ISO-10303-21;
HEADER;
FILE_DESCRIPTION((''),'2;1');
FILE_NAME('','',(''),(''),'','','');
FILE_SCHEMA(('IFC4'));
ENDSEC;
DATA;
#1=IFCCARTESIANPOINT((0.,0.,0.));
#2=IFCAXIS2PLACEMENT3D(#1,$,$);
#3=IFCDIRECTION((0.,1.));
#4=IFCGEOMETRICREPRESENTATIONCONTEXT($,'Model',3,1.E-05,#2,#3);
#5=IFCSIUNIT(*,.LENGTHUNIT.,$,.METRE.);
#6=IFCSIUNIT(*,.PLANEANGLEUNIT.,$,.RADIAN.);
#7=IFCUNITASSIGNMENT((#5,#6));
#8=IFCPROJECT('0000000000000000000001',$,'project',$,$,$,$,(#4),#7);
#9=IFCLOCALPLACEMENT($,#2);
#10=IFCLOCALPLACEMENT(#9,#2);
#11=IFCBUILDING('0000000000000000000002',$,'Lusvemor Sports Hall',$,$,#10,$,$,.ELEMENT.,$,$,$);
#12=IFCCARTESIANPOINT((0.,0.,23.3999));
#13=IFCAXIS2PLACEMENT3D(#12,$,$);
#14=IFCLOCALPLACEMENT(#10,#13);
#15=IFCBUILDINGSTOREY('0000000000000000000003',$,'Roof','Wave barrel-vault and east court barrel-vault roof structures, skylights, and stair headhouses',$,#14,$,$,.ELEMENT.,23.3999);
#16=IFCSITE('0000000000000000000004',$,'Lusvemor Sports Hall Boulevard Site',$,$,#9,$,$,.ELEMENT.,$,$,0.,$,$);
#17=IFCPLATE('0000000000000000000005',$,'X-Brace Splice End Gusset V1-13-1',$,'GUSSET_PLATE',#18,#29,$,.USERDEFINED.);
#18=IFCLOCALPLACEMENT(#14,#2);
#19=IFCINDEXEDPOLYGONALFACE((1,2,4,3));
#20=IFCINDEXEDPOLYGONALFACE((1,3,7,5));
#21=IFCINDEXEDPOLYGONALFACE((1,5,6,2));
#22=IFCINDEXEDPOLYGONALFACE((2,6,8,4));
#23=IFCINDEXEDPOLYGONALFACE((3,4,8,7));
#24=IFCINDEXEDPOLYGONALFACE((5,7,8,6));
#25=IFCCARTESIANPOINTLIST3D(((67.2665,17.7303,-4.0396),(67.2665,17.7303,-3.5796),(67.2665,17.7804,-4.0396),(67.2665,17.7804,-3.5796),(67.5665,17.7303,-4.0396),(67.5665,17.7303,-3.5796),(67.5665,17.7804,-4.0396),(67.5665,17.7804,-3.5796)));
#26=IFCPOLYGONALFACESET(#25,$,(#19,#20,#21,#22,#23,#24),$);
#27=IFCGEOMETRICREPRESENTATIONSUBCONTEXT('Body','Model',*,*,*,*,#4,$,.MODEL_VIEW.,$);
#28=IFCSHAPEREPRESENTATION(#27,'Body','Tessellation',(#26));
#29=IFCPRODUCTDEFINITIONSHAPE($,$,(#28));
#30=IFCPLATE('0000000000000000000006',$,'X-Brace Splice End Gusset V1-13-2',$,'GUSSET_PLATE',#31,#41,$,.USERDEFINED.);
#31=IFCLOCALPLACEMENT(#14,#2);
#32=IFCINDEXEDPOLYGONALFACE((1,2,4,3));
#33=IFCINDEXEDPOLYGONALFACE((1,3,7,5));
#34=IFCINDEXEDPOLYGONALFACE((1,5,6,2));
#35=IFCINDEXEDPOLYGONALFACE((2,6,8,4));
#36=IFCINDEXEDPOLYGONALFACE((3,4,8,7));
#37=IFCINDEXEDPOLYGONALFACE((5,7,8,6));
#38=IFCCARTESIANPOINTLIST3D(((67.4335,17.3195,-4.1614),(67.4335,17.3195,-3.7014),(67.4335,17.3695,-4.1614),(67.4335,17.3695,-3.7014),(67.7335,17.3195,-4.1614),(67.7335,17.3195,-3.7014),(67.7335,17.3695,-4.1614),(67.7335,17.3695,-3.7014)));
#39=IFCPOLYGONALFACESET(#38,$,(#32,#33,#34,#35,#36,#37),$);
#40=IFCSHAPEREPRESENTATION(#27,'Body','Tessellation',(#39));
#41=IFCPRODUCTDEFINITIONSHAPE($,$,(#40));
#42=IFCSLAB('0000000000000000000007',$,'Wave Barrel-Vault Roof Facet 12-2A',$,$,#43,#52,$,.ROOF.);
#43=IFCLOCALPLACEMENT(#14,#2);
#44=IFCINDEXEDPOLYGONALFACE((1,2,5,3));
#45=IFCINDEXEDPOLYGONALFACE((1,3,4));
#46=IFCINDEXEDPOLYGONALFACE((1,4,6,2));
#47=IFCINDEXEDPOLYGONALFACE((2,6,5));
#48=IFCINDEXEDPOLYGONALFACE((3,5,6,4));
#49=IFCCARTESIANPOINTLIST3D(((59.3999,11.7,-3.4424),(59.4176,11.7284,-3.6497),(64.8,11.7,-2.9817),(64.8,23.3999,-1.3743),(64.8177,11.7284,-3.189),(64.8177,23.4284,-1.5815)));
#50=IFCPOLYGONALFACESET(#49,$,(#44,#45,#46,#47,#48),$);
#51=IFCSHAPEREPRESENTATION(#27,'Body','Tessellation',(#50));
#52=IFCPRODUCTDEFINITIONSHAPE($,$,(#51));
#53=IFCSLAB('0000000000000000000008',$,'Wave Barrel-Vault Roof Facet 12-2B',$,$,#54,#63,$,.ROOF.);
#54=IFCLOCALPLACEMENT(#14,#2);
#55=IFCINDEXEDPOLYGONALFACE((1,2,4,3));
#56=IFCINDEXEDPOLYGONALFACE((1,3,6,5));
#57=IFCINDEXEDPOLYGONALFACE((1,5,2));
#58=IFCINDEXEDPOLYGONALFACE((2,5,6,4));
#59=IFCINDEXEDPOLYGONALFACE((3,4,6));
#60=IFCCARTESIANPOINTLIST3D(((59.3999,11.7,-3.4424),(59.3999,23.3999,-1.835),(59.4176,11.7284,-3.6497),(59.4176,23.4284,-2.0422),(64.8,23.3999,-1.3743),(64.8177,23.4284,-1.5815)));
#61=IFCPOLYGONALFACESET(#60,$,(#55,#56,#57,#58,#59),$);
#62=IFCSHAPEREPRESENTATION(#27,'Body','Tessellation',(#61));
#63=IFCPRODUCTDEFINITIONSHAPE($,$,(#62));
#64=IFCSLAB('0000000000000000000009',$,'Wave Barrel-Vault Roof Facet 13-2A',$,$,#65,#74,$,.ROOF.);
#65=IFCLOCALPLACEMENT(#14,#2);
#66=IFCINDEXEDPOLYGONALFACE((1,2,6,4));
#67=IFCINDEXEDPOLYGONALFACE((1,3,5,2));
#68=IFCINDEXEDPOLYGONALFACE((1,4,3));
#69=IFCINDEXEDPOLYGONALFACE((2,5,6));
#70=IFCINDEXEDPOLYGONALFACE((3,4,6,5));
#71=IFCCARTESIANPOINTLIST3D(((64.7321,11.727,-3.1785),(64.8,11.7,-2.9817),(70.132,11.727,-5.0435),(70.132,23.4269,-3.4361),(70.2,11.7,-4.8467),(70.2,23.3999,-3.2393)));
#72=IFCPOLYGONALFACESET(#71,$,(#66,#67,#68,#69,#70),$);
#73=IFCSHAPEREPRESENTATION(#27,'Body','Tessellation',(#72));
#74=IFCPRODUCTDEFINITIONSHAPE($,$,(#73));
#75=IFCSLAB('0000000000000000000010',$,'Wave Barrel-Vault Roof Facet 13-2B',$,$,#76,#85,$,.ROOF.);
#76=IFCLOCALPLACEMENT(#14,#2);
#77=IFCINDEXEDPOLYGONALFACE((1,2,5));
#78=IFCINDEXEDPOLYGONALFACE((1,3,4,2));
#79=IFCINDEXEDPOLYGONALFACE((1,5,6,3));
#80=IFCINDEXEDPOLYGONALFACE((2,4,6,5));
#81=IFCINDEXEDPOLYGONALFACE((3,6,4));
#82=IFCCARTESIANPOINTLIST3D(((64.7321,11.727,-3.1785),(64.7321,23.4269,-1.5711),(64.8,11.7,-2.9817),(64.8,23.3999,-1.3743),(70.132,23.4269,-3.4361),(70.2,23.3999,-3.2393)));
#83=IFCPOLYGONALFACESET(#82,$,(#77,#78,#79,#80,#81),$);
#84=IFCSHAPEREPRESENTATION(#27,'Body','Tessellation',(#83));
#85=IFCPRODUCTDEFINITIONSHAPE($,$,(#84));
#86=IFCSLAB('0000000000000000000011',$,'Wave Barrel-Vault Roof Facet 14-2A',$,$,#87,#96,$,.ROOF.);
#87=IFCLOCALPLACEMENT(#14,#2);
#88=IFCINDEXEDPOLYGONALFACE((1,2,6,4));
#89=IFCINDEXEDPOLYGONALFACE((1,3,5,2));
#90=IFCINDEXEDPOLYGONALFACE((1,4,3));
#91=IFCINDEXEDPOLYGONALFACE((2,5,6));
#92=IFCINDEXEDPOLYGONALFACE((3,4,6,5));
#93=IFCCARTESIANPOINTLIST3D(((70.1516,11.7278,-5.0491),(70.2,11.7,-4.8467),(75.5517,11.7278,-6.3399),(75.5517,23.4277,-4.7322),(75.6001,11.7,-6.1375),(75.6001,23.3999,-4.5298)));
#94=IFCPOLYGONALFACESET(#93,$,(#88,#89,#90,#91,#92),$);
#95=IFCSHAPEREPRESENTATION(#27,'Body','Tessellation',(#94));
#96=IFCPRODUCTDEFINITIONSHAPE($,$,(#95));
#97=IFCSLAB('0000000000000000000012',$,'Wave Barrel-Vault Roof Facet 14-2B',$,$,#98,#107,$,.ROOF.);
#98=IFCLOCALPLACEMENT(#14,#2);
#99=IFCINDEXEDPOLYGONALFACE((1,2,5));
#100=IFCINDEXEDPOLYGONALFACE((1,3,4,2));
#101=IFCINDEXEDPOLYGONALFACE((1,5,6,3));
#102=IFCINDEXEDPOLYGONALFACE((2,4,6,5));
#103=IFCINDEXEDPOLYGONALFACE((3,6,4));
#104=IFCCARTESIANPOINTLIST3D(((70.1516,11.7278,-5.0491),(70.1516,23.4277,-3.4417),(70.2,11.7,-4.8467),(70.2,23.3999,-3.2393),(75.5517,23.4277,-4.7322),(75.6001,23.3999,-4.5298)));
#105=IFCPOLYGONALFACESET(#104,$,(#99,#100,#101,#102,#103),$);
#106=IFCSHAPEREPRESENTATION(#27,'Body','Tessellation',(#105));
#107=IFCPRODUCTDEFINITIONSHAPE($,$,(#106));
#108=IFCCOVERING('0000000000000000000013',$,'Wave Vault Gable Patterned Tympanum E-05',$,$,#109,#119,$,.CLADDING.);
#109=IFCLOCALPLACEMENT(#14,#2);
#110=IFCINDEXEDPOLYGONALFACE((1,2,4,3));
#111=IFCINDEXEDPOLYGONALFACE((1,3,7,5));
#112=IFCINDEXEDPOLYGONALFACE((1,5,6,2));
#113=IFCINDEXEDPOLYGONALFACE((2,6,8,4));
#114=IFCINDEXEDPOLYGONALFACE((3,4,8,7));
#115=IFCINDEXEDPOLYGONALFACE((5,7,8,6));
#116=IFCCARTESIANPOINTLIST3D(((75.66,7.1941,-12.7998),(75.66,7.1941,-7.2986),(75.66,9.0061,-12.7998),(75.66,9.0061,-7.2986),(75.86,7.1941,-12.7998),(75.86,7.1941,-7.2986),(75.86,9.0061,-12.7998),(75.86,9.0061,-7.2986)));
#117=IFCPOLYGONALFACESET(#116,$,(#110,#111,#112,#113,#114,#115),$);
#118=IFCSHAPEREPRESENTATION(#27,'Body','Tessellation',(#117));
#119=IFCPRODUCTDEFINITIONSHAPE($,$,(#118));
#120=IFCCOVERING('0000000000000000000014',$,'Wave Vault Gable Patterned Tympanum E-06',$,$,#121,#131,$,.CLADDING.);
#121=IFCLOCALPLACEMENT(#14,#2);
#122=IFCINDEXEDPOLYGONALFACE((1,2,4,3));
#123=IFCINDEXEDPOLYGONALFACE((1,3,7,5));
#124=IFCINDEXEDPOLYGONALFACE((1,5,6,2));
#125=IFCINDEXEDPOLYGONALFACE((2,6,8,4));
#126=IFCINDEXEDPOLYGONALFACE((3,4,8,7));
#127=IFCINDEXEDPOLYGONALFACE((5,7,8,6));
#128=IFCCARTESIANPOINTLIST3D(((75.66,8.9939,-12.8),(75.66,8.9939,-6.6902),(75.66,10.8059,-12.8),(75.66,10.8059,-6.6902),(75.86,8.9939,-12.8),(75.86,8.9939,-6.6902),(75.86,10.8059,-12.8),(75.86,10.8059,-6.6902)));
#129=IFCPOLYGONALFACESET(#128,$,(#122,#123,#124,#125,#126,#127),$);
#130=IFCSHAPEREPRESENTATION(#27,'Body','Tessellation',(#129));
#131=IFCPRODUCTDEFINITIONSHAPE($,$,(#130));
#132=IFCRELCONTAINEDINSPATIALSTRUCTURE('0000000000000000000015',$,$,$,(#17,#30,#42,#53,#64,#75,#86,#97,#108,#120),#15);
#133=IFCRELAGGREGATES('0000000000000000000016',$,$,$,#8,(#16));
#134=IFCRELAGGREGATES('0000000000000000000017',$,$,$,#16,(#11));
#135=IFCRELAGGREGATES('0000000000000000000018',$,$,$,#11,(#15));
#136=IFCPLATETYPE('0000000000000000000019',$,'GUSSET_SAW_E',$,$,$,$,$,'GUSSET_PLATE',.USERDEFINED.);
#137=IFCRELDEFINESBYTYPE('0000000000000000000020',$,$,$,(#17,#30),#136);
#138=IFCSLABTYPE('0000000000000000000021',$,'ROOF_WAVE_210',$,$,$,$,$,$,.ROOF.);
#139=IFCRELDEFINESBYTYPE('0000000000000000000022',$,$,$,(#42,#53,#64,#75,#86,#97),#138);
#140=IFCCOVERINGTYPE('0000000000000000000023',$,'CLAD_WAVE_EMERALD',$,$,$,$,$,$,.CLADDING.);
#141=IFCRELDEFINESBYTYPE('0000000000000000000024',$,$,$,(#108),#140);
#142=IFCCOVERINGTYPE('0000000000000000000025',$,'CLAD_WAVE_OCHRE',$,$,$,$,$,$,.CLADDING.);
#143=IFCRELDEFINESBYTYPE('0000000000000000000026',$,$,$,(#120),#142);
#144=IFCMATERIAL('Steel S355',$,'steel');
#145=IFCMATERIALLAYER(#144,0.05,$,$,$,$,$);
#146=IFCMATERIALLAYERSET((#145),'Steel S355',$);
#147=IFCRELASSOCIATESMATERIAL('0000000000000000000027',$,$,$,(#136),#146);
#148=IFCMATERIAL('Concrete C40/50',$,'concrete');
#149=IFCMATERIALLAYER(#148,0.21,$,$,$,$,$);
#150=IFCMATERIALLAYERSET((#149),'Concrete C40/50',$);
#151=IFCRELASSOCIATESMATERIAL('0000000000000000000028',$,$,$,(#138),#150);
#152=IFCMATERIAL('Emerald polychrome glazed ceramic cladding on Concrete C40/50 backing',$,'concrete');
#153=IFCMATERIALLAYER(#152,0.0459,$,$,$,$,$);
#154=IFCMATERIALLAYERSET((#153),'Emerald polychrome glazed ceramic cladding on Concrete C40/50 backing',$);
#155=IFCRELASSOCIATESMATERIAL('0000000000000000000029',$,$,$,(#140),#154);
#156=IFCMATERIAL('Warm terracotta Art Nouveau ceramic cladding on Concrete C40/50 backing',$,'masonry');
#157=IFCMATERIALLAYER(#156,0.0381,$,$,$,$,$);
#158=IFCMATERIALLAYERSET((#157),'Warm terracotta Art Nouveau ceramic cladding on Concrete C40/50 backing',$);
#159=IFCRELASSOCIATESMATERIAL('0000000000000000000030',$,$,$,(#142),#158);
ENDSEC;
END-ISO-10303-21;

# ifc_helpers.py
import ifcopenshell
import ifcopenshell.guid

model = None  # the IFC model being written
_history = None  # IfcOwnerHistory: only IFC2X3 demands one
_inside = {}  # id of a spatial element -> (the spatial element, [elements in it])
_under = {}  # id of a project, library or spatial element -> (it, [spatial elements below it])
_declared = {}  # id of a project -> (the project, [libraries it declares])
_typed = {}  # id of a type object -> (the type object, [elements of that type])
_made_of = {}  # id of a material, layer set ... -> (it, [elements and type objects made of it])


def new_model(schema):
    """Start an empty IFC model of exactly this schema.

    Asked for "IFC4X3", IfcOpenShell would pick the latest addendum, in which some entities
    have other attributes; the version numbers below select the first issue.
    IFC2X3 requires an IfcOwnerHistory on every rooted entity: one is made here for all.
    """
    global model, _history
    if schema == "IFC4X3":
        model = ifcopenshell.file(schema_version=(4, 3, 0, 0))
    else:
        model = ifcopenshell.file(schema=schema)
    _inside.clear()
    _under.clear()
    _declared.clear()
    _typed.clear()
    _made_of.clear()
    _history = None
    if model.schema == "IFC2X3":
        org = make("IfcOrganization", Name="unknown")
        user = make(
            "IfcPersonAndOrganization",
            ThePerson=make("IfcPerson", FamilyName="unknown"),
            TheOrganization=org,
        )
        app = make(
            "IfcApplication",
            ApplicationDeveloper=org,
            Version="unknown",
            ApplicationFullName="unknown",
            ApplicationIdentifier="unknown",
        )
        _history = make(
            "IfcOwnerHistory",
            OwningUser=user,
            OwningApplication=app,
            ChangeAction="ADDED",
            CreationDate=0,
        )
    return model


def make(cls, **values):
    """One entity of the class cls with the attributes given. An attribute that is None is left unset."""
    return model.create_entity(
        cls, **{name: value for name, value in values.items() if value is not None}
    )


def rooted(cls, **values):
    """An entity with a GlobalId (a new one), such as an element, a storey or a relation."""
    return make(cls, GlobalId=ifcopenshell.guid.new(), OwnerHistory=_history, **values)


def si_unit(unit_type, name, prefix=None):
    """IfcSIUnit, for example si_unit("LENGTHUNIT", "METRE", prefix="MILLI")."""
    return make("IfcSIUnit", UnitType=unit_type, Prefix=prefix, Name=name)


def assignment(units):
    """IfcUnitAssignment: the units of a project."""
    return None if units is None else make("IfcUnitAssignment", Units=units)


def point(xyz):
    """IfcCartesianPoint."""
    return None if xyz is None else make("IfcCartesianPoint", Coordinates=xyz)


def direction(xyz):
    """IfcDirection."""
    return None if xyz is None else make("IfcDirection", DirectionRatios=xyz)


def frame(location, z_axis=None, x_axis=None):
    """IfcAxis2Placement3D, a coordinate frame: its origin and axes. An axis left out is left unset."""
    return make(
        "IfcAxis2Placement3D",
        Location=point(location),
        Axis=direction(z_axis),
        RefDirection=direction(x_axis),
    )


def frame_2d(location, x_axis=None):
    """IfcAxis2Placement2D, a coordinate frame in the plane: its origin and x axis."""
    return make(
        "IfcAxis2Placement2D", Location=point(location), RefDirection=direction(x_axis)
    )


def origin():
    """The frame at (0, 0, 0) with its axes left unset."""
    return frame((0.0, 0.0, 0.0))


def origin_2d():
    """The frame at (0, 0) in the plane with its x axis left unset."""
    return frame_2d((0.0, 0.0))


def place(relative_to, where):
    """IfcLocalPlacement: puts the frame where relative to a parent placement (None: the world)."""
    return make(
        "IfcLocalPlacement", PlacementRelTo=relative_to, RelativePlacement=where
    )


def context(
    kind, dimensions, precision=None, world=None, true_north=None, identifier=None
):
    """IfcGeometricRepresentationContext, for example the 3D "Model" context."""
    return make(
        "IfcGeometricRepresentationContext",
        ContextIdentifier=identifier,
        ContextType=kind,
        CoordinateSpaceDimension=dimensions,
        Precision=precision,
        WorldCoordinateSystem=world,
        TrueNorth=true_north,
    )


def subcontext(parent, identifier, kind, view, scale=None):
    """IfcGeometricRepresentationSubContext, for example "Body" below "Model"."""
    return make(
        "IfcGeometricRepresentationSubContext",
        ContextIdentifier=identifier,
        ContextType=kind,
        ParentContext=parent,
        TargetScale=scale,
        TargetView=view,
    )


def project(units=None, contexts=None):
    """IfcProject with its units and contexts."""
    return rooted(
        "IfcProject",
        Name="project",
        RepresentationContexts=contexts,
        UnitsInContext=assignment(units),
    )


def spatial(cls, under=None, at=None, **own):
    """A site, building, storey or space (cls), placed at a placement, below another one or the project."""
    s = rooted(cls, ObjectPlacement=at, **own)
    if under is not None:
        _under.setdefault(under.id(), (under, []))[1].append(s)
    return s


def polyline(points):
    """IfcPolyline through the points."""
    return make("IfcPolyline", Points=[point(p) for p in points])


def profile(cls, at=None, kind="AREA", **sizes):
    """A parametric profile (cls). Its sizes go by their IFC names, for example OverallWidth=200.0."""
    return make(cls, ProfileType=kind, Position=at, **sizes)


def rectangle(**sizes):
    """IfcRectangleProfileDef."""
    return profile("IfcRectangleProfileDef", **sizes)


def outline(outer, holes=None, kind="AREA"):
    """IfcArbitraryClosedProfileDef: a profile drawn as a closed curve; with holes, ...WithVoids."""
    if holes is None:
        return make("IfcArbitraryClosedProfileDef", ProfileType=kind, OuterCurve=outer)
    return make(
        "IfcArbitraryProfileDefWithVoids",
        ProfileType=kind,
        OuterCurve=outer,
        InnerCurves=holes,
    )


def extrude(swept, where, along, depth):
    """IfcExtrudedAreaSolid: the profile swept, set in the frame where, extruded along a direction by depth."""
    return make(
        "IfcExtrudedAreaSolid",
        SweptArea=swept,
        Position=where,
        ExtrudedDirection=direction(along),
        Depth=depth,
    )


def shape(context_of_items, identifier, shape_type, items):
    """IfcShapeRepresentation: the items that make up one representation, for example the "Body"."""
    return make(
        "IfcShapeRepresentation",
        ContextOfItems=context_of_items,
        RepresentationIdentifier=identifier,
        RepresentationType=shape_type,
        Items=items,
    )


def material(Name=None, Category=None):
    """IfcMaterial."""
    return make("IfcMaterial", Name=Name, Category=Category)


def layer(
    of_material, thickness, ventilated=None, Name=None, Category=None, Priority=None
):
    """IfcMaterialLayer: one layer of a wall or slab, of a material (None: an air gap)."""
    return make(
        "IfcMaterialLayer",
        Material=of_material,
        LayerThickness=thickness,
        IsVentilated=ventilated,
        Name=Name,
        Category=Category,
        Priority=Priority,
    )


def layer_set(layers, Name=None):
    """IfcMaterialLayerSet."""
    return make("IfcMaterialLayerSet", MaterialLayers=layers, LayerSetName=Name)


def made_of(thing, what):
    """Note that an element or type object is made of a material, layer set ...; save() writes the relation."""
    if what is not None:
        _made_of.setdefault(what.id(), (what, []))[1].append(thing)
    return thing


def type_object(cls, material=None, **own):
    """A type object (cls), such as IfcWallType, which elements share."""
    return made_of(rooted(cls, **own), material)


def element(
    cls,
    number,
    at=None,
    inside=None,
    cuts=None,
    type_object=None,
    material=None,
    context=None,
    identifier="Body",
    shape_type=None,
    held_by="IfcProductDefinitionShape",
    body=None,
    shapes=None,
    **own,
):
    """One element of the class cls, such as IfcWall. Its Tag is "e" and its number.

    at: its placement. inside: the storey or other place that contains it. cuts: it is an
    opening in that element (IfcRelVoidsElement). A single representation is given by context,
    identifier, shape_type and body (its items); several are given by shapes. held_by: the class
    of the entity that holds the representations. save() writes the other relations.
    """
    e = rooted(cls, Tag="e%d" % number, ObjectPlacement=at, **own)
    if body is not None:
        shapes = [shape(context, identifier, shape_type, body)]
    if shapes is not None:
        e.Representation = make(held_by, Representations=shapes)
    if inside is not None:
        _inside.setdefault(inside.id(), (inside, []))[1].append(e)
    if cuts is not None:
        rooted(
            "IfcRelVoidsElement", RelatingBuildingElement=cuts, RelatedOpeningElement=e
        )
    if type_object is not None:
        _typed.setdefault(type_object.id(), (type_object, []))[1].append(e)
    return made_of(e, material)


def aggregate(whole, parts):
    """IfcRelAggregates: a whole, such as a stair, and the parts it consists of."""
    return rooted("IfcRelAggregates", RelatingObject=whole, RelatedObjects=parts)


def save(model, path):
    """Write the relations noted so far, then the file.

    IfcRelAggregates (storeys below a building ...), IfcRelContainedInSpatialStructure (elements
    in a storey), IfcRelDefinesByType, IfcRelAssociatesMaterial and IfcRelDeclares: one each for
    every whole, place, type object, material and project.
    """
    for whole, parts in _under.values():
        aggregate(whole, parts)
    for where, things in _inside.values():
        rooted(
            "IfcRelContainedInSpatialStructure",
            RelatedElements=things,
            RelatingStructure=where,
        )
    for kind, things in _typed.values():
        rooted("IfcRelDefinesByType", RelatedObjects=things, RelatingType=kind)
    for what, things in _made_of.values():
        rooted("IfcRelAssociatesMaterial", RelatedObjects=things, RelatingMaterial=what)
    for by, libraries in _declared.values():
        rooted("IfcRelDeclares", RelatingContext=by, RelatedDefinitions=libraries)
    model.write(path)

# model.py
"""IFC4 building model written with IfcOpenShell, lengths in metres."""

from ifc_helpers import new_model, si_unit, direction, frame, origin, origin_2d, place, context, subcontext, project, spatial, polyline, rectangle, outline, extrude, material, layer, layer_set, type_object, element, save


model = new_model("IFC4")

# Units and contexts
model_context = context("Model", 3, precision=1e-05, world=origin(), true_north=direction((0.0, 1.0)))
body_context = subcontext(model_context, "Body", "Model", "MODEL_VIEW")
ifc_project = project(units=[si_unit("LENGTHUNIT", "METRE"), si_unit("PLANEANGLEUNIT", "RADIAN")], contexts=[model_context])

# Site, building, storey
site_placement = place(None, origin())
site = spatial("IfcSite", under=ifc_project, at=site_placement, Name="Lusvemor Sports Hall Boulevard Site", CompositionType="ELEMENT", RefElevation=0.0)
building_placement = place(site_placement, origin())
building = spatial("IfcBuilding", under=site, at=building_placement, Name="Lusvemor Sports Hall", CompositionType="ELEMENT")
storey_placement = place(building_placement, frame((0.0, 0.0, 23.3999)))
storey = spatial("IfcBuildingStorey", under=building, at=storey_placement, Name="Roof", Description="Wave barrel-vault and east court barrel-vault roof structures, skylights, and stair headhouses", CompositionType="ELEMENT", Elevation=23.3999)

# Plates
ifc_material_1 = material(Name="Steel S355", Category="steel")
ifc_layer_1 = layer(ifc_material_1, 0.05)
ifc_layer_set_1 = layer_set([ifc_layer_1], Name="Steel S355")
plate_type_1 = type_object("IfcPlateType", Name="GUSSET_SAW_E", ElementType="GUSSET_PLATE", PredefinedType="USERDEFINED", material=ifc_layer_set_1)
for number, where, z_axis, x_axis, name in (
    (1, (67.4165, 17.7554, -4.0396), (0.0, 0.0, 1.0), (1.0, 0.0, 0.0), "X-Brace Splice End Gusset V1-13-1"),
    (2, (67.5835, 17.3445, -4.1614), (0.0, 0.0, 1.0), (1.0, 0.0, 0.0), "X-Brace Splice End Gusset V1-13-2"),
):
    element("IfcPlate", number, at=place(storey_placement, frame(where, z_axis=z_axis, x_axis=x_axis)), inside=storey, type_object=plate_type_1, Name=name, ObjectType="GUSSET_PLATE", PredefinedType="USERDEFINED", context=body_context, shape_type="SweptSolid", body=[
        extrude(rectangle(XDim=0.3, YDim=0.05, at=origin_2d()), origin(), (0.0, 0.0, 1.0), 0.46),
    ])

# Slabs
ifc_material_2 = material(Name="Concrete C40/50", Category="concrete")
ifc_layer_2 = layer(ifc_material_2, 0.21)
ifc_layer_set_2 = layer_set([ifc_layer_2], Name="Concrete C40/50")
slab_type = type_object("IfcSlabType", Name="ROOF_WAVE_210", PredefinedType="ROOF", material=ifc_layer_set_2)
slab_1_placement = place(storey_placement, frame((59.3999, 11.7, -3.4424), z_axis=(-0.084217, -0.135625, 0.987174), x_axis=(0.996381, 0.0, 0.085003)))
element("IfcSlab", 3, at=slab_1_placement, inside=storey, type_object=slab_type, Name="Wave Barrel-Vault Roof Facet 12-2A", PredefinedType="ROOF", context=body_context, shape_type="SweptSolid", body=[
    extrude(outline(polyline([(0.0, 0.0), (5.4198, 0.0), (5.5564, 11.8091), (0.0, 0.0)])), origin(), (0.0, 0.0, -1.0), 0.21),
])
slab_2_placement = place(storey_placement, frame((59.3999, 11.7, -3.4424), z_axis=(-0.084217, -0.135625, 0.987174), x_axis=(0.413774, 0.896482, 0.158465)))
element("IfcSlab", 4, at=slab_2_placement, inside=storey, type_object=slab_type, Name="Wave Barrel-Vault Roof Facet 12-2B", PredefinedType="ROOF", context=body_context, shape_type="SweptSolid", body=[
    extrude(outline(polyline([(0.0, 0.0), (13.051, 0.0), (10.7435, 4.904), (0.0, 0.0)])), origin(), (0.0, 0.0, -1.0), 0.21),
])
slab_3_placement = place(storey_placement, frame((64.8, 11.7, -2.9817), z_axis=(0.323735, -0.128779, 0.937343), x_axis=(0.945213, 0.0, -0.326453)))
element("IfcSlab", 5, at=slab_3_placement, inside=storey, type_object=slab_type, Name="Wave Barrel-Vault Roof Facet 13-2A", PredefinedType="ROOF", context=body_context, shape_type="SweptSolid", body=[
    extrude(outline(polyline([(0.0, 0.0), (5.7129, 0.0), (5.1881, 11.7982), (0.0, 0.0)])), origin(), (0.0, 0.0, -1.0), 0.21),
])
slab_4_placement = place(storey_placement, frame((64.8, 11.7, -2.9817), z_axis=(0.323735, -0.128779, 0.937343), x_axis=(0.41897, 0.90778, -0.019984)))
element("IfcSlab", 6, at=slab_4_placement, inside=storey, type_object=slab_type, Name="Wave Barrel-Vault Roof Facet 13-2B", PredefinedType="ROOF", context=body_context, shape_type="SweptSolid", body=[
    extrude(outline(polyline([(0.0, 0.0), (12.8885, 0.0), (10.5889, 5.2296), (0.0, 0.0)])), origin(), (0.0, 0.0, -1.0), 0.21),
])
slab_5_placement = place(storey_placement, frame((70.2, 11.7, -4.8467), z_axis=(0.230428, -0.132466, 0.964031), x_axis=(0.972602, 0.0, -0.232476)))
element("IfcSlab", 7, at=slab_5_placement, inside=storey, type_object=slab_type, Name="Wave Barrel-Vault Roof Facet 14-2A", PredefinedType="ROOF", context=body_context, shape_type="SweptSolid", body=[
    extrude(outline(polyline([(0.0, 0.0), (5.5523, 0.0), (5.1785, 11.804), (0.0, 0.0)])), origin(), (0.0, 0.0, -1.0), 0.21),
])
slab_6_placement = place(storey_placement, frame((70.2, 11.7, -4.8467), z_axis=(0.230387, -0.132447, 0.964043), x_axis=(0.418942, 0.90768, 0.024585)))
element("IfcSlab", 8, at=slab_6_placement, inside=storey, type_object=slab_type, Name="Wave Barrel-Vault Roof Facet 14-2B", PredefinedType="ROOF", context=body_context, shape_type="SweptSolid", body=[
    extrude(outline(polyline([(0.0, 0.0), (12.89, 0.0), (10.6593, 5.0844), (0.0, 0.0)])), origin(), (0.0, 0.0, -1.0), 0.21),
])

# Coverings
ifc_material_3 = material(Name="Emerald polychrome glazed ceramic cladding on Concrete C40/50 backing", Category="concrete")
ifc_layer_3 = layer(ifc_material_3, 0.0459)
ifc_layer_set_3 = layer_set([ifc_layer_3], Name="Emerald polychrome glazed ceramic cladding on Concrete C40/50 backing")
covering_type_1 = type_object("IfcCoveringType", Name="CLAD_WAVE_EMERALD", PredefinedType="CLADDING", material=ifc_layer_set_3)
covering_1_placement = place(storey_placement, frame((75.76, 8.1001, -12.7998), z_axis=(0.0, 0.0, 1.0), x_axis=(1.0, 0.0, 0.0)))
element("IfcCovering", 9, at=covering_1_placement, inside=storey, type_object=covering_type_1, Name="Wave Vault Gable Patterned Tympanum E-05", PredefinedType="CLADDING", context=body_context, shape_type="SweptSolid", body=[
    extrude(rectangle(XDim=0.2, YDim=1.812, at=origin_2d()), origin(), (0.0, 0.0, 1.0), 5.5012),
])
ifc_material_4 = material(Name="Warm terracotta Art Nouveau ceramic cladding on Concrete C40/50 backing", Category="masonry")
ifc_layer_4 = layer(ifc_material_4, 0.0381)
ifc_layer_set_4 = layer_set([ifc_layer_4], Name="Warm terracotta Art Nouveau ceramic cladding on Concrete C40/50 backing")
covering_type_2 = type_object("IfcCoveringType", Name="CLAD_WAVE_OCHRE", PredefinedType="CLADDING", material=ifc_layer_set_4)
covering_2_placement = place(storey_placement, frame((75.76, 9.8999, -12.8), z_axis=(0.0, 0.0, 1.0), x_axis=(1.0, 0.0, 0.0)))
element("IfcCovering", 10, at=covering_2_placement, inside=storey, type_object=covering_type_2, Name="Wave Vault Gable Patterned Tympanum E-06", PredefinedType="CLADDING", context=body_context, shape_type="SweptSolid", body=[
    extrude(rectangle(XDim=0.2, YDim=1.812, at=origin_2d()), origin(), (0.0, 0.0, 1.0), 6.1099),
])

save(model, "model.ifc")
